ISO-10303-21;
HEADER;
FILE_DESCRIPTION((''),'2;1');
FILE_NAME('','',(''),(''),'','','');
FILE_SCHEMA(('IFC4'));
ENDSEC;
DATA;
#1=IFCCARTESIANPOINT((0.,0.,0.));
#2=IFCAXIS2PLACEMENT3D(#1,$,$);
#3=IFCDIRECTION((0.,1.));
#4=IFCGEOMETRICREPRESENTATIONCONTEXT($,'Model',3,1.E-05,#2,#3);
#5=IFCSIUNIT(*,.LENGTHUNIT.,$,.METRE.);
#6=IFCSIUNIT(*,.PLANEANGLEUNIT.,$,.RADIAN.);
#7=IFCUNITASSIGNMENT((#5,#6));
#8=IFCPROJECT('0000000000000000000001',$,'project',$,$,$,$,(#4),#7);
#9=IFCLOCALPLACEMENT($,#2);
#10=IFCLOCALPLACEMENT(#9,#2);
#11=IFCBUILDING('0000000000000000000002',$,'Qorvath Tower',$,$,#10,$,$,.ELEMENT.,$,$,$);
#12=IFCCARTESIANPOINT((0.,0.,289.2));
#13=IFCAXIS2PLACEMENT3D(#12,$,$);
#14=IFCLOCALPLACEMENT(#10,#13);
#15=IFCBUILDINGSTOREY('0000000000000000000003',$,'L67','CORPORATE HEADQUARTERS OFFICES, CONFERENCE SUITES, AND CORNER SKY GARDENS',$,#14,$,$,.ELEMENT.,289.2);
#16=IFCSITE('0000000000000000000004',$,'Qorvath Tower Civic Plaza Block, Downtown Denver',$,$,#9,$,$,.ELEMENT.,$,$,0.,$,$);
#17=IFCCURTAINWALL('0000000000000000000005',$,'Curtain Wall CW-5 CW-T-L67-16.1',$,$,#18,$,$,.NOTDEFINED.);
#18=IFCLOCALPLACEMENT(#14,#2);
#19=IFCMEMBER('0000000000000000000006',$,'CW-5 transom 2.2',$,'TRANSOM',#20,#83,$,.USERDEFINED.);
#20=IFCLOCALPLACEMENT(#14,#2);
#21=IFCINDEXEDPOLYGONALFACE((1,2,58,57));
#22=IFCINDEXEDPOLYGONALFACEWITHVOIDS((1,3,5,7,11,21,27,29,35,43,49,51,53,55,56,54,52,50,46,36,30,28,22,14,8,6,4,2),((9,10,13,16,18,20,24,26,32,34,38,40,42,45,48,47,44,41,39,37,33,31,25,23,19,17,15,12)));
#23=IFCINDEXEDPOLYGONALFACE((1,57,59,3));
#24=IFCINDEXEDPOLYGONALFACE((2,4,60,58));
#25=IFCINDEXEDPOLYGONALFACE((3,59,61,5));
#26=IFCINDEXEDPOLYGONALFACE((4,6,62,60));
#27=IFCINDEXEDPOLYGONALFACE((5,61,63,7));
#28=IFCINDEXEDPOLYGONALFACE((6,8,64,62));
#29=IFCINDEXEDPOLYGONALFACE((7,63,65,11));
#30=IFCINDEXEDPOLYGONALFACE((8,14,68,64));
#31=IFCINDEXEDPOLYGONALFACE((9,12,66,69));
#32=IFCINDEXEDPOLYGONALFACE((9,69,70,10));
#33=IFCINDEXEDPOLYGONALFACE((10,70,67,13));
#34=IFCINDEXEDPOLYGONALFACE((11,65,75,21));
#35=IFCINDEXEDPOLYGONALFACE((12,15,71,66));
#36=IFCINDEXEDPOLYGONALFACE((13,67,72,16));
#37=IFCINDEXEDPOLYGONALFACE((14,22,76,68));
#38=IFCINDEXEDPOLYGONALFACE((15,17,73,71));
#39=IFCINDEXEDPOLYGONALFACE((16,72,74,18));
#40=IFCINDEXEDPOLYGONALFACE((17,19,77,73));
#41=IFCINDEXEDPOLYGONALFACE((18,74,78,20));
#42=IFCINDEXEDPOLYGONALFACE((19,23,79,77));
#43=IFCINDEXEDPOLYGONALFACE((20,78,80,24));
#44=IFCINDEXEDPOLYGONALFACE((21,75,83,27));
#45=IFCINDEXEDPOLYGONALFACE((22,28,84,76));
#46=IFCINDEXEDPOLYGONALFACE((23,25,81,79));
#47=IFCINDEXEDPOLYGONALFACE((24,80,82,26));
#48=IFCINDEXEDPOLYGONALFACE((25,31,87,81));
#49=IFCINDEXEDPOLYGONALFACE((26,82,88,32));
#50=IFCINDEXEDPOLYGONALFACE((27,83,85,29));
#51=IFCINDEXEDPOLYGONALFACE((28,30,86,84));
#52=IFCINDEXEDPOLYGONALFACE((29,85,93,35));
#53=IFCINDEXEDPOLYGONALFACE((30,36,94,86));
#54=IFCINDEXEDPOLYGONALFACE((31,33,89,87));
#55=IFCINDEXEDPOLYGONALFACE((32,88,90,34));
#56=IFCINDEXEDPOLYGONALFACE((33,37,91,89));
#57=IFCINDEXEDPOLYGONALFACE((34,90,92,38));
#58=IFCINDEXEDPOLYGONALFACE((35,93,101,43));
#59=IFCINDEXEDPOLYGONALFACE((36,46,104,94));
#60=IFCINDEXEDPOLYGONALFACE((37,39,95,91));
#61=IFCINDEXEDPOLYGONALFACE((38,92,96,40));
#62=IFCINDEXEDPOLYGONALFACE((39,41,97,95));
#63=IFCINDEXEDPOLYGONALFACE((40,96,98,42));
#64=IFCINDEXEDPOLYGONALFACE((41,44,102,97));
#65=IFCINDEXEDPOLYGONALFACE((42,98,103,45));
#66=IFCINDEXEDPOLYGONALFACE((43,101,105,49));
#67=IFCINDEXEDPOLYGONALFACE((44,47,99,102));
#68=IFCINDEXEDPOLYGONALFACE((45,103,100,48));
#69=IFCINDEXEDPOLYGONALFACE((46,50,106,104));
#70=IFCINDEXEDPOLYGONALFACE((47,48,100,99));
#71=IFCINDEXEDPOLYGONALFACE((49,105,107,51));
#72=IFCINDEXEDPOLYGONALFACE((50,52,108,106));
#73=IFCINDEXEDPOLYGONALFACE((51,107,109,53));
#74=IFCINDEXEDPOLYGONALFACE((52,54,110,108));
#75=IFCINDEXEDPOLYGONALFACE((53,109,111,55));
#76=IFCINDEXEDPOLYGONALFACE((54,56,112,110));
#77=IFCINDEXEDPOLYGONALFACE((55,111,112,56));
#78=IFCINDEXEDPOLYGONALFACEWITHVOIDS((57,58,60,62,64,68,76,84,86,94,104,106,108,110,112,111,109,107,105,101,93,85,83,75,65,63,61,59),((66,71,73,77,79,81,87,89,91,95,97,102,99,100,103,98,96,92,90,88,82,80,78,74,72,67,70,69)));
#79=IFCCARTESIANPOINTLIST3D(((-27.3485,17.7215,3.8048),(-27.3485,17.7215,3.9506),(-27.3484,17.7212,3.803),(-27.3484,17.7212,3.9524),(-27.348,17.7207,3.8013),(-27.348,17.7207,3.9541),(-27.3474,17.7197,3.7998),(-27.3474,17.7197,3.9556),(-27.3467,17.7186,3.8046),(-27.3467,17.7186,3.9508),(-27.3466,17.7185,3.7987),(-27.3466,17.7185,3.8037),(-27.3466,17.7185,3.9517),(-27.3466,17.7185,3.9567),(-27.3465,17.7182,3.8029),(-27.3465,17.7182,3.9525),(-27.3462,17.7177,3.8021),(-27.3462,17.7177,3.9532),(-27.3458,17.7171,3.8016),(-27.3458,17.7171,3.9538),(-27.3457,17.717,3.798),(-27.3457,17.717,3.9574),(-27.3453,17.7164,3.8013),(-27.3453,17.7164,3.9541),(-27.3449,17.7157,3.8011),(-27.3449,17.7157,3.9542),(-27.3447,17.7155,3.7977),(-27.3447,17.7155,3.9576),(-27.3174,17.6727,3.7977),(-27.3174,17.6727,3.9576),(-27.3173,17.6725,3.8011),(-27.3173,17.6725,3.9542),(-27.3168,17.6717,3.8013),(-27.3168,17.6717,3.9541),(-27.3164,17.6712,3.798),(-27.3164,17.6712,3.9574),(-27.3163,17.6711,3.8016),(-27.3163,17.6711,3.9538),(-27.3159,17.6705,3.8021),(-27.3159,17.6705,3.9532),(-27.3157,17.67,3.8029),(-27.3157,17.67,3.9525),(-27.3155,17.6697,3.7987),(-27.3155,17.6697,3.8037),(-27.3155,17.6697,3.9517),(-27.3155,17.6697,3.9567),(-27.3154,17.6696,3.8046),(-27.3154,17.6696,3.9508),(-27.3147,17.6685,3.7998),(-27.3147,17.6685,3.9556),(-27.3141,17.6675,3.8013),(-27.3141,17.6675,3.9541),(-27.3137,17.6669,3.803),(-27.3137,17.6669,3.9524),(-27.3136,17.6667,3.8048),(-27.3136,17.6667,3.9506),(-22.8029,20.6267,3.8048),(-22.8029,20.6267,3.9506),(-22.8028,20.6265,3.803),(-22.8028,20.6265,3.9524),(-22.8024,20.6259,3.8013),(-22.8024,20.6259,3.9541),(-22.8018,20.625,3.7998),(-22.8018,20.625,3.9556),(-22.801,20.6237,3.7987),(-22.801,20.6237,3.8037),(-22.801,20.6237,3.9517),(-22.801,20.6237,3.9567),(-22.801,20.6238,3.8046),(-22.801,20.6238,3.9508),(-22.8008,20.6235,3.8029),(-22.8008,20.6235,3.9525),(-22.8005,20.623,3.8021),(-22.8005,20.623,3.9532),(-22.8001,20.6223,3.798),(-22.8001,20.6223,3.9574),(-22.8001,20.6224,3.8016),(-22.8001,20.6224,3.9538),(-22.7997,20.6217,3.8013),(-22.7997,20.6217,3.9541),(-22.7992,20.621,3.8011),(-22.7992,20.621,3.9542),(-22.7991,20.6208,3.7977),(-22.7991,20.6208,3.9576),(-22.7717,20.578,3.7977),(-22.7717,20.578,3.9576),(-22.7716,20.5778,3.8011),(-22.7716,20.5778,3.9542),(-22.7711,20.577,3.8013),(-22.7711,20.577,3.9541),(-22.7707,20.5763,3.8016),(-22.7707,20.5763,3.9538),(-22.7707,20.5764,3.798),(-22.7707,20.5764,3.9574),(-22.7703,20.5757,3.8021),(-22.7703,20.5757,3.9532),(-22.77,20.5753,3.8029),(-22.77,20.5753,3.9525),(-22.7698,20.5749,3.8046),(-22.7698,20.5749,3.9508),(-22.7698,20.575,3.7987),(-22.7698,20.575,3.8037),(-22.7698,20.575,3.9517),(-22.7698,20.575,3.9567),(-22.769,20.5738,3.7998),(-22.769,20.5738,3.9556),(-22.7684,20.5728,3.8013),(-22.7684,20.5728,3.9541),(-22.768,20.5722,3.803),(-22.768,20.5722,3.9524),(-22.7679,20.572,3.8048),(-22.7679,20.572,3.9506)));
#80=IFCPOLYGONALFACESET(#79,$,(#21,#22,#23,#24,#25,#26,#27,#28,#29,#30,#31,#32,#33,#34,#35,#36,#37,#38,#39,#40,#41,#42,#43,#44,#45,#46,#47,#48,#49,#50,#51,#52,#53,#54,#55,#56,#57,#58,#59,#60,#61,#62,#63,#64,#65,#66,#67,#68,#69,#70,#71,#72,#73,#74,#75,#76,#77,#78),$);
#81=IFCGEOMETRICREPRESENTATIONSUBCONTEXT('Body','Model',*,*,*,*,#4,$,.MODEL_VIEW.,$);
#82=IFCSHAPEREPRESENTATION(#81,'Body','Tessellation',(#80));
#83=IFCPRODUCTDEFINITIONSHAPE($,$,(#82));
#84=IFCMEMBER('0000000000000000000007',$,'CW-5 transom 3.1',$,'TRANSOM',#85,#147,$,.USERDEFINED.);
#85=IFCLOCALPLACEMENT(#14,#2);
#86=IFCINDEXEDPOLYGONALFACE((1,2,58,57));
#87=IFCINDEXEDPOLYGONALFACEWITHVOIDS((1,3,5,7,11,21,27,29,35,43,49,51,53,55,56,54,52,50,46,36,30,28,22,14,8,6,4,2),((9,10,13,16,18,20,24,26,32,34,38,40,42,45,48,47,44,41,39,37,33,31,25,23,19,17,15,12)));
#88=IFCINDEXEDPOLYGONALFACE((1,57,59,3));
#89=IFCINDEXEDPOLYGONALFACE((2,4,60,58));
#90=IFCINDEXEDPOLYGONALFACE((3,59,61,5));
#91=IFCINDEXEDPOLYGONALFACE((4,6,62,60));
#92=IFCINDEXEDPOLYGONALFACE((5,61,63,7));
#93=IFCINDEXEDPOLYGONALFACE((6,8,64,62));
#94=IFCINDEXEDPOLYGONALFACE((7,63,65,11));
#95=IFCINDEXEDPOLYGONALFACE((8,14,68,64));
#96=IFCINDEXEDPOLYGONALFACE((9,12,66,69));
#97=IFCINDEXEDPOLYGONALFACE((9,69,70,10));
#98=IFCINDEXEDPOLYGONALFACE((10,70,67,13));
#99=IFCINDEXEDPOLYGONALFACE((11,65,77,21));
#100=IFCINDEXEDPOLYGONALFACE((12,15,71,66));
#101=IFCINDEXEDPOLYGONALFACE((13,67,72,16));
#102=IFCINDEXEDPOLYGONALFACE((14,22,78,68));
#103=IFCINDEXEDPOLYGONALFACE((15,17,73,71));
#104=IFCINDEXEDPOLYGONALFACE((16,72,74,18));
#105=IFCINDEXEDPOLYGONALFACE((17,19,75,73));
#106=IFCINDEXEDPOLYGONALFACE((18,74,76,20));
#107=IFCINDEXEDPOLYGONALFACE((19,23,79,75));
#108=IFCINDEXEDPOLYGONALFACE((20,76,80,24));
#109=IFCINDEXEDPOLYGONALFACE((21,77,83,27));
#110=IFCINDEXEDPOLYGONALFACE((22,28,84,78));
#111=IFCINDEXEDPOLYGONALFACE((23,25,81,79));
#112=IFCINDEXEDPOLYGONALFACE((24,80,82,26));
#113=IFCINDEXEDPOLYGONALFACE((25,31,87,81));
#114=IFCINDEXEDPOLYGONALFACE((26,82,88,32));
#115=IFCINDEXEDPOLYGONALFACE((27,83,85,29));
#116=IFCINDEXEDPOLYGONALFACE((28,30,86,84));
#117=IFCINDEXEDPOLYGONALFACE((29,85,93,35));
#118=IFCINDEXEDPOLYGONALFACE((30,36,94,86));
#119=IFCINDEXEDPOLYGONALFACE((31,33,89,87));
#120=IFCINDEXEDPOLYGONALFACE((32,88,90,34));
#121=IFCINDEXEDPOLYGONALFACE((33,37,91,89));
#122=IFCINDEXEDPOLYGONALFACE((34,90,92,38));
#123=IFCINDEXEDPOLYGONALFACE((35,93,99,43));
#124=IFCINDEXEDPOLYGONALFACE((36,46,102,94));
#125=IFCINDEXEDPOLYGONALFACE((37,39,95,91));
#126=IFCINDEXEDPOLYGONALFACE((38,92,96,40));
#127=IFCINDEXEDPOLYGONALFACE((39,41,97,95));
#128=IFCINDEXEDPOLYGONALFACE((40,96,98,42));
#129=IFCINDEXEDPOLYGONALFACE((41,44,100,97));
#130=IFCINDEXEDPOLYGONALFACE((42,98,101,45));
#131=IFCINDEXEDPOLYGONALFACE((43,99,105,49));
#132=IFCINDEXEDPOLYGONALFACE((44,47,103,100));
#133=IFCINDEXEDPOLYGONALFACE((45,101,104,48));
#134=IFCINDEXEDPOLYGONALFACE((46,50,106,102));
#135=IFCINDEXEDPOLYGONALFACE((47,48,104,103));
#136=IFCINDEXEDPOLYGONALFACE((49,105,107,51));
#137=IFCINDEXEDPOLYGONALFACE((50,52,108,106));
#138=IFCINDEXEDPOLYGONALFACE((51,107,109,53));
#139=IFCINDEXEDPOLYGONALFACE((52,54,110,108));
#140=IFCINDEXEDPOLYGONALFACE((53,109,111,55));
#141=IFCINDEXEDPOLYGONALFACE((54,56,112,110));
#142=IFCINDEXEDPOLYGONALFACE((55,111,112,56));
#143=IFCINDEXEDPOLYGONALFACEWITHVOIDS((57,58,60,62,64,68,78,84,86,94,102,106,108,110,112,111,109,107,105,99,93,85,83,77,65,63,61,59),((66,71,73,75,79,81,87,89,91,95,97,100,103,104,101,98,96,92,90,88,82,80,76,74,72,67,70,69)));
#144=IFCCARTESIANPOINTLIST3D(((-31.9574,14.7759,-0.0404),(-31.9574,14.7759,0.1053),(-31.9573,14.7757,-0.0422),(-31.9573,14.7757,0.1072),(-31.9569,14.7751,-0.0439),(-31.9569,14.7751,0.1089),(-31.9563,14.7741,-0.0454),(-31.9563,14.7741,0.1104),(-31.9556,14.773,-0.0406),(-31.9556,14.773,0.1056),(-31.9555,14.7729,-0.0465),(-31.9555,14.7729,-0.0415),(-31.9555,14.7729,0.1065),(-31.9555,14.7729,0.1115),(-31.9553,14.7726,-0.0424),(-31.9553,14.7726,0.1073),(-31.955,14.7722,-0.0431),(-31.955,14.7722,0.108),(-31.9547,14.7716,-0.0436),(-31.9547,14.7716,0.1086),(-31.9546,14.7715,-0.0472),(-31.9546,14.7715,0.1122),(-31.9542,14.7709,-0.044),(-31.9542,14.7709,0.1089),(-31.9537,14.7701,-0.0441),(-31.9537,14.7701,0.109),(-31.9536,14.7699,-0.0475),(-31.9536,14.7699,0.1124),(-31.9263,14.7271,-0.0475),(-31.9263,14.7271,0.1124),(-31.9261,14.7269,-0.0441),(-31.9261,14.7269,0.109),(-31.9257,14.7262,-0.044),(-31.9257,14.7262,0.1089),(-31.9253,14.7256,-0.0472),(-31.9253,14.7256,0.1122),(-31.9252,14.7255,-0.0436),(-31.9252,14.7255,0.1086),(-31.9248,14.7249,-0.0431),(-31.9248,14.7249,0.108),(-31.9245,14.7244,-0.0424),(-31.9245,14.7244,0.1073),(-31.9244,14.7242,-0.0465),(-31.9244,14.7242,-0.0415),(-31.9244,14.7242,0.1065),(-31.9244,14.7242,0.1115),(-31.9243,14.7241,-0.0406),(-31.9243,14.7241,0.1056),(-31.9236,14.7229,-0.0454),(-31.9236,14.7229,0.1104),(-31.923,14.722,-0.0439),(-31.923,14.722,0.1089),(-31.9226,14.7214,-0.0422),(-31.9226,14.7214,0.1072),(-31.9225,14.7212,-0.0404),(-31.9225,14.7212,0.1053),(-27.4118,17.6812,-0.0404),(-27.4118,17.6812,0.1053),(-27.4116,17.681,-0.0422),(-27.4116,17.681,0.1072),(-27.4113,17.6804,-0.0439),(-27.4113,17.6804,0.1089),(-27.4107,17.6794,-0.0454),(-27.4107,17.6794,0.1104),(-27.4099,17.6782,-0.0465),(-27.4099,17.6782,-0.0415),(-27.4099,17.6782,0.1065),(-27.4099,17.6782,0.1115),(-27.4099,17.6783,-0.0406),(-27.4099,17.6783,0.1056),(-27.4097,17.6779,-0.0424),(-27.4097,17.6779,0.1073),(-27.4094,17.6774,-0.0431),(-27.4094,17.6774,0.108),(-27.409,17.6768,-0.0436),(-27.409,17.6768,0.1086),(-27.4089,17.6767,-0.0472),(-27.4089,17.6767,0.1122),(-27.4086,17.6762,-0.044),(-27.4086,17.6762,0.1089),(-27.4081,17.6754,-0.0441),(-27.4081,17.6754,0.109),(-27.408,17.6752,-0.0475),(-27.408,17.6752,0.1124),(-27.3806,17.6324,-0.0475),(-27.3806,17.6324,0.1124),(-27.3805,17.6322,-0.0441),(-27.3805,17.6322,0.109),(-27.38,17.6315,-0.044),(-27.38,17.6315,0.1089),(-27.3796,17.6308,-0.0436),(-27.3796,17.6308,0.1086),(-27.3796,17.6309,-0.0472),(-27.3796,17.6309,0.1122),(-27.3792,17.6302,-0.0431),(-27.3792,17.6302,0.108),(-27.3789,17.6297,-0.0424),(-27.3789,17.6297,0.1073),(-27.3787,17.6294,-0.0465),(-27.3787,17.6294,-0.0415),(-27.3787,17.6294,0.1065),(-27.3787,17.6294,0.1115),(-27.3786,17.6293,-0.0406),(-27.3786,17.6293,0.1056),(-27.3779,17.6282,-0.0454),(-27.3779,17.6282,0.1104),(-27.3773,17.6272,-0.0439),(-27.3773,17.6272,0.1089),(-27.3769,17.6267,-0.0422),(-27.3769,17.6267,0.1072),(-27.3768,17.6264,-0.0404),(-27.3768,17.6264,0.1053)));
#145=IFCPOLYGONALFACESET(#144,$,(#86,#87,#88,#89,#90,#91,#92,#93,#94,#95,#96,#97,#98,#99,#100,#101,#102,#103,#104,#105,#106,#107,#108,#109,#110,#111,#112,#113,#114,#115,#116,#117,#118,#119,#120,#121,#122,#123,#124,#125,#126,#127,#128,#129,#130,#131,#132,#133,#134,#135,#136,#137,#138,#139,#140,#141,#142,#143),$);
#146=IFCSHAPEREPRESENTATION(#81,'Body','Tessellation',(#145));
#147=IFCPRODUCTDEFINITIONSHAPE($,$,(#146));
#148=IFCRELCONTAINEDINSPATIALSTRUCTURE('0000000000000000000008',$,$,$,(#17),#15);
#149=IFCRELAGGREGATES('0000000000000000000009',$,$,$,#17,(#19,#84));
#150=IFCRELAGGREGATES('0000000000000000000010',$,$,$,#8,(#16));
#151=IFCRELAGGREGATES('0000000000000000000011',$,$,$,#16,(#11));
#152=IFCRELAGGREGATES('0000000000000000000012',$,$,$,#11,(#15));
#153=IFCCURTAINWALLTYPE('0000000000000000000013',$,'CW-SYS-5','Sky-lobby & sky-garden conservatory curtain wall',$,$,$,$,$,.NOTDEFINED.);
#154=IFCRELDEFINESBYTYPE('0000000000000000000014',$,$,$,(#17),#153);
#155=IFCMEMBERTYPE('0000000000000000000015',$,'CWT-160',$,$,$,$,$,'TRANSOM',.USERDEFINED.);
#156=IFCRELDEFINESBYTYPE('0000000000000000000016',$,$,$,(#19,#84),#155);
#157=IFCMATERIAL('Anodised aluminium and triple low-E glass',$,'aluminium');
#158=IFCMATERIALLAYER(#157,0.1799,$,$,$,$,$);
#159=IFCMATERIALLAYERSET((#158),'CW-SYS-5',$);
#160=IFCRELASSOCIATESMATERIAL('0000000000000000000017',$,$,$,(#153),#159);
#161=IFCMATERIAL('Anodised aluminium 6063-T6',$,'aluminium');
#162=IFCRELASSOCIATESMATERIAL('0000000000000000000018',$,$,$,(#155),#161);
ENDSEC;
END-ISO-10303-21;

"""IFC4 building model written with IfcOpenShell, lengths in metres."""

from ifc_helpers import new_model, si_unit, direction, frame, origin, origin_2d, place, context, subcontext, project, spatial, hollow_rectangle, extrude, material, layer, layer_set, material_profile, profile_set, type_object, element, aggregate, save


model = new_model("IFC4")

# Units and contexts
model_context = context("Model", 3, precision=1e-05, world=origin(), true_north=direction((0.0, 1.0)))
body_context = subcontext(model_context, "Body", "Model", "MODEL_VIEW")
ifc_project = project(units=[si_unit("LENGTHUNIT", "METRE"), si_unit("PLANEANGLEUNIT", "RADIAN")], contexts=[model_context])

# Site, building, storey
site_placement = place(None, origin())
site = spatial("IfcSite", under=ifc_project, at=site_placement, Name="Qorvath Tower Civic Plaza Block, Downtown Denver", CompositionType="ELEMENT", RefElevation=0.0)
building_placement = place(site_placement, origin())
building = spatial("IfcBuilding", under=site, at=building_placement, Name="Qorvath Tower", CompositionType="ELEMENT")
storey_placement = place(building_placement, frame((0.0, 0.0, 289.2)))
storey = spatial("IfcBuildingStorey", under=building, at=storey_placement, Name="L67", Description="CORPORATE HEADQUARTERS OFFICES, CONFERENCE SUITES, AND CORNER SKY GARDENS", CompositionType="ELEMENT", Elevation=289.2)

# Curtain wall, members
ifc_material_1 = material(Name="Anodised aluminium and triple low-E glass", Category="aluminium")
ifc_layer_1 = layer(ifc_material_1, 0.1799)
ifc_layer_set_1 = layer_set([ifc_layer_1], Name="CW-SYS-5")
curtain_wall_type = type_object("IfcCurtainWallType", Name="CW-SYS-5", Description="Sky-lobby & sky-garden conservatory curtain wall", PredefinedType="NOTDEFINED", material=ifc_layer_set_1)
curtain_wall_placement = place(storey_placement, origin())
curtain_wall = element("IfcCurtainWall", 1, at=curtain_wall_placement, inside=storey, type_object=curtain_wall_type, Name="Curtain Wall CW-5 CW-T-L67-16.1", PredefinedType="NOTDEFINED")
ifc_material_2 = material(Name="Anodised aluminium 6063-T6", Category="aluminium")
ifc_material_profile_1 = material_profile(ifc_material_2, hollow_rectangle(XDim=0.0649, YDim=0.1599, WallThickness=0.0034, InnerFilletRadius=0.0034, OuterFilletRadius=0.0071, at=origin_2d()), Name="CWT 160x65")
ifc_profile_set_1 = profile_set([ifc_material_profile_1], Name="Anodised aluminium 6063-T6")
member_type_1 = type_object("IfcMemberType", Name="CWT-160", ElementType="TRANSOM", PredefinedType="USERDEFINED", material=ifc_profile_set_1)
member_1_placement = place(storey_placement, frame((-22.7854, 20.5994, 3.8777), z_axis=(-0.842603, -0.538535, 0.0), x_axis=(0.538535, -0.842603, 0.0)))
member_1 = element("IfcMember", 2, at=member_1_placement, type_object=member_type_1, Name="CW-5 transom 2.2", ObjectType="TRANSOM", PredefinedType="USERDEFINED", context=body_context, shape_type="SweptSolid", body=[
    extrude(hollow_rectangle(XDim=0.0649, YDim=0.1599, WallThickness=0.0034, InnerFilletRadius=0.0034, OuterFilletRadius=0.0071, at=origin_2d()), origin(), (0.0, 0.0, 1.0), 5.3948),
])
member_2_placement = place(storey_placement, frame((-27.3943, 17.6538, 0.0325), z_axis=(-0.842603, -0.538535, 0.0), x_axis=(0.538535, -0.842603, 0.0)))
member_2 = element("IfcMember", 3, at=member_2_placement, type_object=member_type_1, Name="CW-5 transom 3.1", ObjectType="TRANSOM", PredefinedType="USERDEFINED", context=body_context, shape_type="SweptSolid", body=[
    extrude(hollow_rectangle(XDim=0.0649, YDim=0.1599, WallThickness=0.0034, InnerFilletRadius=0.0034, OuterFilletRadius=0.0071, at=origin_2d()), origin(), (0.0, 0.0, 1.0), 5.3948),
])
aggregate(curtain_wall, [member_1, member_2])

save(model, "model.ifc")
